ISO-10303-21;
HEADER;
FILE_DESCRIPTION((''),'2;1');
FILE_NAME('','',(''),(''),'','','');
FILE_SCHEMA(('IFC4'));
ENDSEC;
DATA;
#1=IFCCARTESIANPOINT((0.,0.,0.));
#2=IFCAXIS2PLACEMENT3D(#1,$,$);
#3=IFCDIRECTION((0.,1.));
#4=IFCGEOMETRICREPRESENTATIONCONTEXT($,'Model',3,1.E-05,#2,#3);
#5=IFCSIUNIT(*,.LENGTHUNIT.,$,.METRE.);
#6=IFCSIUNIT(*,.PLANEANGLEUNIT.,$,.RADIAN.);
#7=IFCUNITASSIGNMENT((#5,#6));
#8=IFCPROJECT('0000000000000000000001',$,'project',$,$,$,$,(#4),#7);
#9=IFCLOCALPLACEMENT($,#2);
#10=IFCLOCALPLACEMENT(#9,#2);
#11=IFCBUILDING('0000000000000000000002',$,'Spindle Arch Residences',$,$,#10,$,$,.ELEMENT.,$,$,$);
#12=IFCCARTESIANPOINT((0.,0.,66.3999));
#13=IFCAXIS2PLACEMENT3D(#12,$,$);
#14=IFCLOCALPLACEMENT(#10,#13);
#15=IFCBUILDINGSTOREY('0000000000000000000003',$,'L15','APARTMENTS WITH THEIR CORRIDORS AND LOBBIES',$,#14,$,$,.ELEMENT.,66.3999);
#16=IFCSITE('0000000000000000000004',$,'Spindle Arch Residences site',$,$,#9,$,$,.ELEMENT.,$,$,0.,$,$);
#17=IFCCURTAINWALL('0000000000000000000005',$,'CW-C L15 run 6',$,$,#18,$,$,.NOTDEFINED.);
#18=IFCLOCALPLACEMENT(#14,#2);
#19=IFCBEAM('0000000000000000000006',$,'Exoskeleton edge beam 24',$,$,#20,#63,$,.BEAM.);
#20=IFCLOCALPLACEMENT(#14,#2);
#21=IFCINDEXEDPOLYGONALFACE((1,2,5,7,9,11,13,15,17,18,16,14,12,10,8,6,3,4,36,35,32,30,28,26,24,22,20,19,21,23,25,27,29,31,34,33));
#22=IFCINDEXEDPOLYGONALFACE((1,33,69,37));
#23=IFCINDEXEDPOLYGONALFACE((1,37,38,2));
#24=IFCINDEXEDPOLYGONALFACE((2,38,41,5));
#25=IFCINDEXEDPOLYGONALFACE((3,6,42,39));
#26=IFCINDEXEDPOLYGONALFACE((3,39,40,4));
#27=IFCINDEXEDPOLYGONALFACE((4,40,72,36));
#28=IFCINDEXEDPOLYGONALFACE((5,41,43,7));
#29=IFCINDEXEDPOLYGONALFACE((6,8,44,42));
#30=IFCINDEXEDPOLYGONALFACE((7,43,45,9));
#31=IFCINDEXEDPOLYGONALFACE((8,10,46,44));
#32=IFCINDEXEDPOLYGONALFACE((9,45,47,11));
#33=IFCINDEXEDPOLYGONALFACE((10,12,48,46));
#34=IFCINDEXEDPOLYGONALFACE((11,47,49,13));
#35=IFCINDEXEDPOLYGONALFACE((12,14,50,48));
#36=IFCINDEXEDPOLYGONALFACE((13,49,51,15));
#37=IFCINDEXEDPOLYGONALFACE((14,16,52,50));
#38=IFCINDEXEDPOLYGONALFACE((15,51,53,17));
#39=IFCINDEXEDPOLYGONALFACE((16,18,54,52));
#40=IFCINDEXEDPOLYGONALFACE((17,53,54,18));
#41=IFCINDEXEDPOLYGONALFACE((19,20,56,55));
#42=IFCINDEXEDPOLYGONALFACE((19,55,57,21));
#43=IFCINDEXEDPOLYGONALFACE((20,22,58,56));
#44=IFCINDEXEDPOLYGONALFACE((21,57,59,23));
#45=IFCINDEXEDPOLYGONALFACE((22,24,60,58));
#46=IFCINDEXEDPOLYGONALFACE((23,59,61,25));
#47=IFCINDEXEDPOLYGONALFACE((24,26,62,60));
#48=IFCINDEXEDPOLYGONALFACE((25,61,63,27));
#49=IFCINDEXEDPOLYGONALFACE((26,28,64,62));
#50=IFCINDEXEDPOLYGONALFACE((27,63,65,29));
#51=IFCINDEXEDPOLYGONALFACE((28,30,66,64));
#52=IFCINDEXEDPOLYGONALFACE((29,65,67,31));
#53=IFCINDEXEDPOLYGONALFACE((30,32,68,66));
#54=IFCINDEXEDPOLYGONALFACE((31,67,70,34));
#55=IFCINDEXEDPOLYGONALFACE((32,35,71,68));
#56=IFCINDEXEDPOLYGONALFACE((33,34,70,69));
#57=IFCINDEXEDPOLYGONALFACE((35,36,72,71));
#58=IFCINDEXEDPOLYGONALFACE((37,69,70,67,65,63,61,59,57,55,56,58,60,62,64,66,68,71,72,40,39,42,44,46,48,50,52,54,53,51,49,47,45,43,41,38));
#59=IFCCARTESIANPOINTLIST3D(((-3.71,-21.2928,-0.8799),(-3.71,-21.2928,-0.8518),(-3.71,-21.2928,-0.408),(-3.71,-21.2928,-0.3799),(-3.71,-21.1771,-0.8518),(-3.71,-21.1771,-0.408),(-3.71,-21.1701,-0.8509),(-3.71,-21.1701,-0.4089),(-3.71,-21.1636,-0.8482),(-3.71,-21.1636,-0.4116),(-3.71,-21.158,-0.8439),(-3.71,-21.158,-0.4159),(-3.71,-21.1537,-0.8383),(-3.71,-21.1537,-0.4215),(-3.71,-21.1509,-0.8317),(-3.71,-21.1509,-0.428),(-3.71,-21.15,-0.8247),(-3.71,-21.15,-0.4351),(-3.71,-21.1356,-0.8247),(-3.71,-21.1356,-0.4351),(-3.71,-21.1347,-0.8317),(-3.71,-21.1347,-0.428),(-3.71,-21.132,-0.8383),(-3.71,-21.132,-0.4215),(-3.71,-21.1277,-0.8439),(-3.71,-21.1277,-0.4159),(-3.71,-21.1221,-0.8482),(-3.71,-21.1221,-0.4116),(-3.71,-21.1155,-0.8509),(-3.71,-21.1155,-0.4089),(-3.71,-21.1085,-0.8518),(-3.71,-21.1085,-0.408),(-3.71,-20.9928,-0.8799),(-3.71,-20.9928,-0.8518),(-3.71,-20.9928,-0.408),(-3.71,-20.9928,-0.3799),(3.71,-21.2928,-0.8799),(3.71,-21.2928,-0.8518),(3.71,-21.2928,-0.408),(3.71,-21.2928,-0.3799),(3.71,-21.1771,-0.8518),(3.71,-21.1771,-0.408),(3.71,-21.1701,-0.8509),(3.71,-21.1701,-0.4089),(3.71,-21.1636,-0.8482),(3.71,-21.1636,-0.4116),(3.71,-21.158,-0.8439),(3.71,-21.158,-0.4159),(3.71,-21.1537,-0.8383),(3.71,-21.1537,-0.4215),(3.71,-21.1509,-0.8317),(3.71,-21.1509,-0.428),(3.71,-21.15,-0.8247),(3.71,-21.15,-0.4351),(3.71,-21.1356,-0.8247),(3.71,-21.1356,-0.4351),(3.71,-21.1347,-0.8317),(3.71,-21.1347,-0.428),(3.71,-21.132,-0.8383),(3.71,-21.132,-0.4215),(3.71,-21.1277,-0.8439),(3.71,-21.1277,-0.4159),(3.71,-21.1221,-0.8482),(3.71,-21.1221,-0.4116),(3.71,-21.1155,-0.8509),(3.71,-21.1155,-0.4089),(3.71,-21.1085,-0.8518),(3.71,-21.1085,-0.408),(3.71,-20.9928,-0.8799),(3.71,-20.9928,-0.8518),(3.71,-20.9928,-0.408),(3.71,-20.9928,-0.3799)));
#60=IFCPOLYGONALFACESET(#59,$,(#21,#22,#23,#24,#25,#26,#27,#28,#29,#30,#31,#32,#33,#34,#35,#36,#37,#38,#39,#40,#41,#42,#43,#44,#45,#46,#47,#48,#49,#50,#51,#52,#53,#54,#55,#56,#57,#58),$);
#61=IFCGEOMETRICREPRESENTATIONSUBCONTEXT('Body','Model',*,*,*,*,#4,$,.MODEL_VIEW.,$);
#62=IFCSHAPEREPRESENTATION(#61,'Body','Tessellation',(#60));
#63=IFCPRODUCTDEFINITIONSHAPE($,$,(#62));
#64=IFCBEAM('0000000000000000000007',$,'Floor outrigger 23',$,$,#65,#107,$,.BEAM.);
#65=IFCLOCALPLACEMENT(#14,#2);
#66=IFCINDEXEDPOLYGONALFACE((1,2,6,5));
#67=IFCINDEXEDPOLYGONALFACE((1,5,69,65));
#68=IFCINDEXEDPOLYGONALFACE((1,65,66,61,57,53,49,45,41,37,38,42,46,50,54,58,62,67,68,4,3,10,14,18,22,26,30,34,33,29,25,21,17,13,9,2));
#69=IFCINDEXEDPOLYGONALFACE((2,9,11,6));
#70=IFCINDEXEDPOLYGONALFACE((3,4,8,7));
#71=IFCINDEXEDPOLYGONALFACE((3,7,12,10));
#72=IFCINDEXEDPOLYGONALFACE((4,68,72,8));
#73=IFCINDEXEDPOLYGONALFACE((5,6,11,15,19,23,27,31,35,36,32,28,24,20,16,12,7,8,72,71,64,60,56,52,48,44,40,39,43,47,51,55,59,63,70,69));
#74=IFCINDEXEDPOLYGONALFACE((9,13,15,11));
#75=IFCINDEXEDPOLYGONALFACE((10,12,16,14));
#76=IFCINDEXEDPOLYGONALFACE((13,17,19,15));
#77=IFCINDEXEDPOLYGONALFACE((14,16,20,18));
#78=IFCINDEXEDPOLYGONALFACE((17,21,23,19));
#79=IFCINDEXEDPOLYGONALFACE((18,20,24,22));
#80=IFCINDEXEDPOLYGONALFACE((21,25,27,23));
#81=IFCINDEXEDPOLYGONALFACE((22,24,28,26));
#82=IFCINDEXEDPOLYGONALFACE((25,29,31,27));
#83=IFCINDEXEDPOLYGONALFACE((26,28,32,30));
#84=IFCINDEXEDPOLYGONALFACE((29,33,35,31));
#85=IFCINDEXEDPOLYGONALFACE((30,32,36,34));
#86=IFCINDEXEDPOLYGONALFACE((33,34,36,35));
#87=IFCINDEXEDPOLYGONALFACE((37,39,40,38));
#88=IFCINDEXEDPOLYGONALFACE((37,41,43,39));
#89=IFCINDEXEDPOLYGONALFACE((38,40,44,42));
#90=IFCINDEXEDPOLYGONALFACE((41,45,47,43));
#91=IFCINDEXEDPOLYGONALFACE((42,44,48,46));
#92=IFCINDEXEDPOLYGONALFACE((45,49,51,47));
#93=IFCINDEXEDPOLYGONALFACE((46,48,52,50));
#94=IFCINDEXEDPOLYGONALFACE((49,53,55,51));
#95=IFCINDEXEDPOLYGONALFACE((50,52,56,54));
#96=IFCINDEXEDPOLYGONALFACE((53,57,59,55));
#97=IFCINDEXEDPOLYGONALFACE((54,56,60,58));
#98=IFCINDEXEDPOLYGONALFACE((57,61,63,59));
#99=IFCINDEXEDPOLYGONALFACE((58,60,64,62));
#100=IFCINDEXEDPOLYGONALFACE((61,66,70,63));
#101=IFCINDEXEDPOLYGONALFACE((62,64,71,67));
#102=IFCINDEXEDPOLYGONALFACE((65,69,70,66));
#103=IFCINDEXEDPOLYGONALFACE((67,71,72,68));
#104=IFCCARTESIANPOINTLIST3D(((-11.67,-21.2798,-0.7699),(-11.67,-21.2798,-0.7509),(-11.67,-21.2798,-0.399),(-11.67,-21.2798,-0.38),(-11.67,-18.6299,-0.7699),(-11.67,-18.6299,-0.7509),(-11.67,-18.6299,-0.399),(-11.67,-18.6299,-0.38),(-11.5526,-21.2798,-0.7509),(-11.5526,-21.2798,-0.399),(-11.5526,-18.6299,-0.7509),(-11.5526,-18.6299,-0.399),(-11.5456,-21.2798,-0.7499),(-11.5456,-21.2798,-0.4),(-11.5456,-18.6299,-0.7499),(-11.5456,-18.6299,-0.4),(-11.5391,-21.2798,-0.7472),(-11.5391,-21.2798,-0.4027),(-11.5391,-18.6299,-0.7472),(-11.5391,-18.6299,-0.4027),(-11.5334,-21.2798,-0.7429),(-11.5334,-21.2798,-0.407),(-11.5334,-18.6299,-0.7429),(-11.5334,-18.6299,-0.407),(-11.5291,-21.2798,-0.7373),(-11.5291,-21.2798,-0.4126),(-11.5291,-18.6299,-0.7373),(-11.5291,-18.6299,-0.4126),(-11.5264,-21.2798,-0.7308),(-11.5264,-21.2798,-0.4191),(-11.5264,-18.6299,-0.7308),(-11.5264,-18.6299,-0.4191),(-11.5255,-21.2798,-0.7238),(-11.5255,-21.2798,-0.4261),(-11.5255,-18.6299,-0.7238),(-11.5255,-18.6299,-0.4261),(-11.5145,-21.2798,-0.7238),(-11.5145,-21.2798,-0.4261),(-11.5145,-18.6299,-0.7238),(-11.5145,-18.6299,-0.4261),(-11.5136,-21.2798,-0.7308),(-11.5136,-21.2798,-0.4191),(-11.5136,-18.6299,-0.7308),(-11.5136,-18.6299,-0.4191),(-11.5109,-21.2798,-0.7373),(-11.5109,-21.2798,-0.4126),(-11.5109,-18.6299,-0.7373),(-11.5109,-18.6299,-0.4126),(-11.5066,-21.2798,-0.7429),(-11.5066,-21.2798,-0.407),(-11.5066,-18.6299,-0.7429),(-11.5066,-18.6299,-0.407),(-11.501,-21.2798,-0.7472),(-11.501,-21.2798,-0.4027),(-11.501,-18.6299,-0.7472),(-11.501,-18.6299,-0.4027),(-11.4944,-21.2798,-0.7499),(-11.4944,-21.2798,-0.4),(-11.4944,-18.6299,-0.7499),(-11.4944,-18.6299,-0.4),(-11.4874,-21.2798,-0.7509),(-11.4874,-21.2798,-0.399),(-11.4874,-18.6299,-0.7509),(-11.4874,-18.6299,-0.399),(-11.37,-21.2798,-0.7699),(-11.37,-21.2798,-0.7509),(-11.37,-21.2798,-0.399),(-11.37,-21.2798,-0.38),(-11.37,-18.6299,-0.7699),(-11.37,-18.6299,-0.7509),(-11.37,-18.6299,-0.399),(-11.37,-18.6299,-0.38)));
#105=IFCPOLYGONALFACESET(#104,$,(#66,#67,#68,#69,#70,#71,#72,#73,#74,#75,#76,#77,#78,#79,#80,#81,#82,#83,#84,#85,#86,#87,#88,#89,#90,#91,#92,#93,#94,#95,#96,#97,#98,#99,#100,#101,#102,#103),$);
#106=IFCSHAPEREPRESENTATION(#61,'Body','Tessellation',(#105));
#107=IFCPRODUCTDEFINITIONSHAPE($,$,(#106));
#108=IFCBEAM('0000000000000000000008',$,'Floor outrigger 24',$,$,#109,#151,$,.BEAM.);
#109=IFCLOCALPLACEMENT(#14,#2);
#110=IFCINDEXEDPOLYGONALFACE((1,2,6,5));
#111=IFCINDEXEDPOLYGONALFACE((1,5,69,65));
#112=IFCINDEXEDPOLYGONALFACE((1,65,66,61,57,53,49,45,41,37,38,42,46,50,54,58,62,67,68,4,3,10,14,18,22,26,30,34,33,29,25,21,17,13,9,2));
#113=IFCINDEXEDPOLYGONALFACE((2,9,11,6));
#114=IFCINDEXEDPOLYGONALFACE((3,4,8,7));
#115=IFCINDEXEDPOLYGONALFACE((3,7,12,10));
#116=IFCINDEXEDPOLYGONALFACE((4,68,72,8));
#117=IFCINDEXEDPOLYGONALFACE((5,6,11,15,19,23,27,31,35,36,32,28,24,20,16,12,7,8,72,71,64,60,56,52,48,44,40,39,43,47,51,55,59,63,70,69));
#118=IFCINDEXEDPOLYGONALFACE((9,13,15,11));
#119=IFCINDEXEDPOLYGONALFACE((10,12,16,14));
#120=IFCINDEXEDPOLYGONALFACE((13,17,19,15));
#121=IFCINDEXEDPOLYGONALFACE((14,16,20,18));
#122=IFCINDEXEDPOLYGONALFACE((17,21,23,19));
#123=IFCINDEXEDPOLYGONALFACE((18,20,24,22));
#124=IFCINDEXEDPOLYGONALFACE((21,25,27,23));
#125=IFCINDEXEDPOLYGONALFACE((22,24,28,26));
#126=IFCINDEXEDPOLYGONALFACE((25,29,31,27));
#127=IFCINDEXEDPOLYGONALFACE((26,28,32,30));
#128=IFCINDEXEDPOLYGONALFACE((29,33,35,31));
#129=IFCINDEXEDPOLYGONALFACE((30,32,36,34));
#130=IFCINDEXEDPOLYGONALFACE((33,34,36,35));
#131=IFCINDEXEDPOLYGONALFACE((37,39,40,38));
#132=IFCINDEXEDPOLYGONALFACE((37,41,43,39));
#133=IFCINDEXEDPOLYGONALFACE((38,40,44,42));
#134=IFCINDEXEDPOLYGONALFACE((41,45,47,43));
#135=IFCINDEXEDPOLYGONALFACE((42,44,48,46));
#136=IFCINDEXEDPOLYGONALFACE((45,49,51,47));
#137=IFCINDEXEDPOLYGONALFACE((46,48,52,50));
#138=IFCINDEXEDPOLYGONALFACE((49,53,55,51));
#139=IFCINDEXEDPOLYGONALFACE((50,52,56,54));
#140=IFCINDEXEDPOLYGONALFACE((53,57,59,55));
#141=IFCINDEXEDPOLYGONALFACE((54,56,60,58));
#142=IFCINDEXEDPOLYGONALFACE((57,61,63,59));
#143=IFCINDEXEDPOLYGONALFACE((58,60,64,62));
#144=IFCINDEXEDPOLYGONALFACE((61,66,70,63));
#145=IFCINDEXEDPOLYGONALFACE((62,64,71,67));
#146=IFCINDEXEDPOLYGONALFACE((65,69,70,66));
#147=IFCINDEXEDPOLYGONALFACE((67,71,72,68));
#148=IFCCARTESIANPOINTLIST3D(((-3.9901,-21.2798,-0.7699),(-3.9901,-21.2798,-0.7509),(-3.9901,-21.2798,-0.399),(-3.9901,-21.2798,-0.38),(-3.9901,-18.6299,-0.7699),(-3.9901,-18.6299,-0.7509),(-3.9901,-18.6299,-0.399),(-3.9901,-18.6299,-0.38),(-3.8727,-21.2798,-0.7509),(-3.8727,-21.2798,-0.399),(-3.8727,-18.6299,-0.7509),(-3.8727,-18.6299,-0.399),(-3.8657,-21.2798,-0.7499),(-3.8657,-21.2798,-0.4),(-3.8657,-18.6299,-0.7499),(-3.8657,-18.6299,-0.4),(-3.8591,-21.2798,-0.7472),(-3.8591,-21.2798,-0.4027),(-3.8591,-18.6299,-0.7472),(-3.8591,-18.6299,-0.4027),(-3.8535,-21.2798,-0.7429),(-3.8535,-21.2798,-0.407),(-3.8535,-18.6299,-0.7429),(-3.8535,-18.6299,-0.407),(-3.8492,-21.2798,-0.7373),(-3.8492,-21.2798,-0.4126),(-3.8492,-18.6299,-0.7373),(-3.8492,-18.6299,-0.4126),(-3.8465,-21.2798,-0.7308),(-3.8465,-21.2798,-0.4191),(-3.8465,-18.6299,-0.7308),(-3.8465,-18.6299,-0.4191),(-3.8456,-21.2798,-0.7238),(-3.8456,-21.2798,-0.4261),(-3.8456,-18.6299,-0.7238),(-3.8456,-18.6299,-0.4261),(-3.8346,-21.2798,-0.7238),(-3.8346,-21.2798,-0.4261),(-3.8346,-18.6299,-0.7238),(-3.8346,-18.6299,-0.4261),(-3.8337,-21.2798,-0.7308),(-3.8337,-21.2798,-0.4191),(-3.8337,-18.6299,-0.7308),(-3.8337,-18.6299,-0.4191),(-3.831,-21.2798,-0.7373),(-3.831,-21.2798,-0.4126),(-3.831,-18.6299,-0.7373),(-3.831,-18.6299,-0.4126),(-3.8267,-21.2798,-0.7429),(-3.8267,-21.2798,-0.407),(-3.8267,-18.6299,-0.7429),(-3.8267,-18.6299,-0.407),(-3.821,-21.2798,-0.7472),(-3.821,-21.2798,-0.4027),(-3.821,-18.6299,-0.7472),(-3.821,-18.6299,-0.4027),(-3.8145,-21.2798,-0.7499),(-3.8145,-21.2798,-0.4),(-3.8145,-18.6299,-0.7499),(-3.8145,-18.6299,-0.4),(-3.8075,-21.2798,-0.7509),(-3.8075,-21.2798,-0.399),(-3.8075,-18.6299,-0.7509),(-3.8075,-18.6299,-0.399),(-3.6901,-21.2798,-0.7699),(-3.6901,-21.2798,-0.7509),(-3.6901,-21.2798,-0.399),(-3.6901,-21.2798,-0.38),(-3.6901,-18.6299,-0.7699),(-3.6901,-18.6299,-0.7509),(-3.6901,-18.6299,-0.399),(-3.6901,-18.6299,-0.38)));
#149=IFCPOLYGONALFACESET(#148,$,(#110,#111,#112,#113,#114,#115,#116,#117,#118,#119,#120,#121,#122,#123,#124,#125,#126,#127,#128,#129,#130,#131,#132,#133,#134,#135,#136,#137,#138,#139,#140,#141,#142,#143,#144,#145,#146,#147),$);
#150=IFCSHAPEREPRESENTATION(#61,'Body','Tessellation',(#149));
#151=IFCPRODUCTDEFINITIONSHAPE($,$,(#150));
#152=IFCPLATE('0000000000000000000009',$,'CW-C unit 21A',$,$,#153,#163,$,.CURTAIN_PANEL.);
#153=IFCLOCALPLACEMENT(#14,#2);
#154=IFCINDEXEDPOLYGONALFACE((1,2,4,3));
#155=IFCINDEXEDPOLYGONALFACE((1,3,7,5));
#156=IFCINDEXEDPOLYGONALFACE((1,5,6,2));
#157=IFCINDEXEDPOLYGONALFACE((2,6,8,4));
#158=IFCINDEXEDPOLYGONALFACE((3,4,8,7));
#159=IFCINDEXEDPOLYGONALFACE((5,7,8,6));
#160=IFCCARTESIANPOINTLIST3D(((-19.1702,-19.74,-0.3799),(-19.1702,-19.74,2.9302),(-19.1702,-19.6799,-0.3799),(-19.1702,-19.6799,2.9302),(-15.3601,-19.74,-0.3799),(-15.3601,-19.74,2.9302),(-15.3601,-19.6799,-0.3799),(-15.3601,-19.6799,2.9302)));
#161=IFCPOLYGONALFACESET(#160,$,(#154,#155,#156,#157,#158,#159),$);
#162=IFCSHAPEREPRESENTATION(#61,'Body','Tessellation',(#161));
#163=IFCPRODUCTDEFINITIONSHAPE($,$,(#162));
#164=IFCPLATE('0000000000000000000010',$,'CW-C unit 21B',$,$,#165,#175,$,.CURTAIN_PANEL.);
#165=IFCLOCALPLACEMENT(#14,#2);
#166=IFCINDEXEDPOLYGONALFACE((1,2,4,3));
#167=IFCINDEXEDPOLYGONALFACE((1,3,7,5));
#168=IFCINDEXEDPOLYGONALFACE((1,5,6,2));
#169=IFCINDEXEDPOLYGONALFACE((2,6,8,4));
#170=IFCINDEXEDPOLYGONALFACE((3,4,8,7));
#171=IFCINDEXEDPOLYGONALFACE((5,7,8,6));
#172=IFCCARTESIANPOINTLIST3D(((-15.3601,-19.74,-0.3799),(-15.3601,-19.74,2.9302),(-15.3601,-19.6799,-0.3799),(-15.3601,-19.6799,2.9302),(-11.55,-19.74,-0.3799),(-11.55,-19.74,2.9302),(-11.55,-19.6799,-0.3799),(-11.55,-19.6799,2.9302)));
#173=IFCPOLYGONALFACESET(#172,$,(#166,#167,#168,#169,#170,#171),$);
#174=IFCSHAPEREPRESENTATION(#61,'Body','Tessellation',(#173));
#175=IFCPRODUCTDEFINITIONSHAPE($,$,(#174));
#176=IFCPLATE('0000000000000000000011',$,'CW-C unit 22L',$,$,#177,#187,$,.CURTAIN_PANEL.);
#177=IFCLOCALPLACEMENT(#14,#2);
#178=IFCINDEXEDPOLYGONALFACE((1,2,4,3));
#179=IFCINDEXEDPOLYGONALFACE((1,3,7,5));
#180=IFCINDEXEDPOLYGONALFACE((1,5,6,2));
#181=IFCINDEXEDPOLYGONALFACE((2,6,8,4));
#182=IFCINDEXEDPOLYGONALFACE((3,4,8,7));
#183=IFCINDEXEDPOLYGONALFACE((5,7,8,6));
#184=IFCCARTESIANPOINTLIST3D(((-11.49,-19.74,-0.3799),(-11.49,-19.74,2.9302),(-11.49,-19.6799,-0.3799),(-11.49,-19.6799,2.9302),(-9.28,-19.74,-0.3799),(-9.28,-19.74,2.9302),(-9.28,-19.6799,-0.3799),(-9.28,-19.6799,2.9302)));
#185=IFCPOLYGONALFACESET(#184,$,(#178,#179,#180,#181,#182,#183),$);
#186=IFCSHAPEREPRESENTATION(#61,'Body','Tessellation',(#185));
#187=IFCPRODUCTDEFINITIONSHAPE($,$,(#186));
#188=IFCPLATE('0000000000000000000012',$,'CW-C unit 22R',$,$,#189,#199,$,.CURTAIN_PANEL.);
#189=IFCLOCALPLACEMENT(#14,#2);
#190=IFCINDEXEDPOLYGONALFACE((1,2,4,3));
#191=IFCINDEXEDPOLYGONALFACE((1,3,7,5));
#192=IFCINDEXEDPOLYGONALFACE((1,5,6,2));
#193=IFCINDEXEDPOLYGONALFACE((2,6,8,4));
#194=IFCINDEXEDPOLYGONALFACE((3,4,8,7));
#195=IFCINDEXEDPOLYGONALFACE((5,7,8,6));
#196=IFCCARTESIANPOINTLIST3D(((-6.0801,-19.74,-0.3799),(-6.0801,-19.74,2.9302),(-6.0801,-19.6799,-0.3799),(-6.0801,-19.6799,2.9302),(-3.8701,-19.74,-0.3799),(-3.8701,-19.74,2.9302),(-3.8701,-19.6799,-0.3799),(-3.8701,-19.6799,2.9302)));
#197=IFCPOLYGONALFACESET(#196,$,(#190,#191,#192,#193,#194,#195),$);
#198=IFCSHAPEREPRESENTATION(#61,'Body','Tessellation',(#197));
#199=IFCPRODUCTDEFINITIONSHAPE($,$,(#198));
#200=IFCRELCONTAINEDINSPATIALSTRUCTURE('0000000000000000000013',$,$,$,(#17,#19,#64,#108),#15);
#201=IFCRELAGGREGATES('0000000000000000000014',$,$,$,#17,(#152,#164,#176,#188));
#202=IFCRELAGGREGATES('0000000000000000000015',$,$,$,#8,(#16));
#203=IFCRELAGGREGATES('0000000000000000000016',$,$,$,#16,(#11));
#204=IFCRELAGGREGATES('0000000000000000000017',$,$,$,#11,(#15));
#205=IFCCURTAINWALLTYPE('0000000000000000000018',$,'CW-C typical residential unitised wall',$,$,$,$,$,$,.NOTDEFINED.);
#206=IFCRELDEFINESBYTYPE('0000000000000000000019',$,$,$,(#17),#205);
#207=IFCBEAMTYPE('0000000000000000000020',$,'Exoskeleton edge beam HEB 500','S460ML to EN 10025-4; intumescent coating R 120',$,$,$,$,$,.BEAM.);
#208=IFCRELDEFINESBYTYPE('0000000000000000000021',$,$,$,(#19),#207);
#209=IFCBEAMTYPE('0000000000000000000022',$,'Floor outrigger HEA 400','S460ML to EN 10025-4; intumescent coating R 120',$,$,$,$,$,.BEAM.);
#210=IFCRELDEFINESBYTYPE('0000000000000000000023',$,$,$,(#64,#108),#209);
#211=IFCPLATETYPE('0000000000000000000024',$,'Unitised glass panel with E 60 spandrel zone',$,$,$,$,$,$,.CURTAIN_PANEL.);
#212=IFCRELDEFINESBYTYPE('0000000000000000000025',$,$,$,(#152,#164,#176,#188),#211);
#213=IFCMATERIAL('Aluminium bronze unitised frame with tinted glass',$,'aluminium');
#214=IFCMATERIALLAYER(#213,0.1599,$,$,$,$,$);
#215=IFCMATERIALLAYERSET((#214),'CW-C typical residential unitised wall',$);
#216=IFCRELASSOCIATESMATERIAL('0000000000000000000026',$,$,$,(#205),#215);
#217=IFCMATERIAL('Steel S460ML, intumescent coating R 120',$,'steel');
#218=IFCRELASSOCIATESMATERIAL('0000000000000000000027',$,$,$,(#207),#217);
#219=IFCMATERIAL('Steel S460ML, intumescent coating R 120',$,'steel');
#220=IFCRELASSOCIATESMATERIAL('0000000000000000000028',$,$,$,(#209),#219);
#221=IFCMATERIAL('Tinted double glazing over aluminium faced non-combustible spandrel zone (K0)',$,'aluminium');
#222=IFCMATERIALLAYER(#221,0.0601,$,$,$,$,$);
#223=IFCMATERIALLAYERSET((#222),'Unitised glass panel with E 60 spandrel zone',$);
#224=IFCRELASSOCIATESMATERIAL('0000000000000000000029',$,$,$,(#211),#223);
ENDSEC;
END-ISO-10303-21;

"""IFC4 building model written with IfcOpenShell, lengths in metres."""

from ifc_helpers import new_model, si_unit, direction, frame, origin, origin_2d, place, context, subcontext, project, spatial, rectangle, i_section, extrude, material, layer, layer_set, material_profile, profile_set, type_object, element, aggregate, save


model = new_model("IFC4")

# Units and contexts
model_context = context("Model", 3, precision=1e-05, world=origin(), true_north=direction((0.0, 1.0)))
body_context = subcontext(model_context, "Body", "Model", "MODEL_VIEW")
ifc_project = project(units=[si_unit("LENGTHUNIT", "METRE"), si_unit("PLANEANGLEUNIT", "RADIAN")], contexts=[model_context])

# Site, building, storey
site_placement = place(None, origin())
site = spatial("IfcSite", under=ifc_project, at=site_placement, Name="Spindle Arch Residences site", CompositionType="ELEMENT", RefElevation=0.0)
building_placement = place(site_placement, origin())
building = spatial("IfcBuilding", under=site, at=building_placement, Name="Spindle Arch Residences", CompositionType="ELEMENT")
storey_placement = place(building_placement, frame((0.0, 0.0, 66.3999)))
storey = spatial("IfcBuildingStorey", under=building, at=storey_placement, Name="L15", Description="APARTMENTS WITH THEIR CORRIDORS AND LOBBIES", CompositionType="ELEMENT", Elevation=66.3999)

# Curtain wall
ifc_material_1 = material(Name="Aluminium bronze unitised frame with tinted glass", Category="aluminium")
ifc_layer_1 = layer(ifc_material_1, 0.1599)
ifc_layer_set_1 = layer_set([ifc_layer_1], Name="CW-C typical residential unitised wall")
curtain_wall_type = type_object("IfcCurtainWallType", Name="CW-C typical residential unitised wall", PredefinedType="NOTDEFINED", material=ifc_layer_set_1)
curtain_wall_placement = place(storey_placement, origin())
curtain_wall = element("IfcCurtainWall", 1, at=curtain_wall_placement, inside=storey, type_object=curtain_wall_type, Name="CW-C L15 run 6", PredefinedType="NOTDEFINED")

# Beams
ifc_material_2 = material(Name="Steel S460ML, intumescent coating R 120", Category="steel")
ifc_material_profile_1 = material_profile(ifc_material_2, i_section(OverallWidth=0.3, OverallDepth=0.5, WebThickness=0.0144, FlangeThickness=0.0281, FilletRadius=0.0271, at=origin_2d()), Name="HEB 500")
ifc_profile_set_1 = profile_set([ifc_material_profile_1], Name="Steel S460ML, intumescent coating R 120")
beam_type_1 = type_object("IfcBeamType", Name="Exoskeleton edge beam HEB 500", Description="S460ML to EN 10025-4; intumescent coating R 120", PredefinedType="BEAM", material=ifc_profile_set_1)
beam_1_placement = place(storey_placement, frame((-3.71, -21.1428, -0.6299), z_axis=(1.0, 0.0, 0.0), x_axis=(0.0, 1.0, 0.0)))
element("IfcBeam", 2, at=beam_1_placement, inside=storey, type_object=beam_type_1, Name="Exoskeleton edge beam 24", PredefinedType="BEAM", context=body_context, shape_type="SweptSolid", body=[
    extrude(i_section(OverallWidth=0.3, OverallDepth=0.5, WebThickness=0.0144, FlangeThickness=0.0281, FilletRadius=0.0271, at=origin_2d()), origin(), (0.0, 0.0, 1.0), 7.4199),
])
ifc_material_3 = material(Name="Steel S460ML, intumescent coating R 120", Category="steel")
ifc_material_profile_2 = material_profile(ifc_material_3, i_section(OverallWidth=0.3, OverallDepth=0.3899, WebThickness=0.011, FlangeThickness=0.019, FilletRadius=0.0271, at=origin_2d()), Name="HEA 400")
ifc_profile_set_2 = profile_set([ifc_material_profile_2], Name="Steel S460ML, intumescent coating R 120")
beam_type_2 = type_object("IfcBeamType", Name="Floor outrigger HEA 400", Description="S460ML to EN 10025-4; intumescent coating R 120", PredefinedType="BEAM", material=ifc_profile_set_2)
for number, where, z_axis, x_axis, name in (
    (3, (-11.52, -21.2798, -0.575), (0.0, 1.0, 0.0), (-1.0, 0.0, 0.0), "Floor outrigger 23"),
    (4, (-3.8401, -21.2798, -0.575), (0.0, 1.0, 0.0), (-1.0, 0.0, 0.0), "Floor outrigger 24"),
):
    element("IfcBeam", number, at=place(storey_placement, frame(where, z_axis=z_axis, x_axis=x_axis)), inside=storey, type_object=beam_type_2, Name=name, PredefinedType="BEAM", context=body_context, shape_type="SweptSolid", body=[
        extrude(i_section(OverallWidth=0.3, OverallDepth=0.3899, WebThickness=0.011, FlangeThickness=0.019, FilletRadius=0.0271, at=origin_2d()), origin(), (0.0, 0.0, 1.0), 2.6499),
    ])

# Plates
ifc_material_4 = material(Name="Tinted double glazing over aluminium faced non-combustible spandrel zone (K0)", Category="aluminium")
ifc_layer_2 = layer(ifc_material_4, 0.0601)
ifc_layer_set_2 = layer_set([ifc_layer_2], Name="Unitised glass panel with E 60 spandrel zone")
plate_type = type_object("IfcPlateType", Name="Unitised glass panel with E 60 spandrel zone", PredefinedType="CURTAIN_PANEL", material=ifc_layer_set_2)
plate_1_placement = place(storey_placement, frame((-17.2651, -19.71, -0.3799), z_axis=(0.0, 0.0, 1.0), x_axis=(1.0, 0.0, 0.0)))
plate_1 = element("IfcPlate", 5, at=plate_1_placement, type_object=plate_type, Name="CW-C unit 21A", PredefinedType="CURTAIN_PANEL", context=body_context, shape_type="SweptSolid", body=[
    extrude(rectangle(XDim=3.8101, YDim=0.0601, at=origin_2d()), origin(), (0.0, 0.0, 1.0), 3.3101),
])
plate_2_placement = place(storey_placement, frame((-13.4551, -19.71, -0.3799), z_axis=(0.0, 0.0, 1.0), x_axis=(1.0, 0.0, 0.0)))
plate_2 = element("IfcPlate", 6, at=plate_2_placement, type_object=plate_type, Name="CW-C unit 21B", PredefinedType="CURTAIN_PANEL", context=body_context, shape_type="SweptSolid", body=[
    extrude(rectangle(XDim=3.8101, YDim=0.0601, at=origin_2d()), origin(), (0.0, 0.0, 1.0), 3.3101),
])
plate_3_placement = place(storey_placement, frame((-10.385, -19.71, -0.3799), z_axis=(0.0, 0.0, 1.0), x_axis=(1.0, 0.0, 0.0)))
plate_3 = element("IfcPlate", 7, at=plate_3_placement, type_object=plate_type, Name="CW-C unit 22L", PredefinedType="CURTAIN_PANEL", context=body_context, shape_type="SweptSolid", body=[
    extrude(rectangle(XDim=2.21, YDim=0.0601, at=origin_2d()), origin(), (0.0, 0.0, 1.0), 3.3101),
])
plate_4_placement = place(storey_placement, frame((-4.9751, -19.71, -0.3799), z_axis=(0.0, 0.0, 1.0), x_axis=(1.0, 0.0, 0.0)))
plate_4 = element("IfcPlate", 8, at=plate_4_placement, type_object=plate_type, Name="CW-C unit 22R", PredefinedType="CURTAIN_PANEL", context=body_context, shape_type="SweptSolid", body=[
    extrude(rectangle(XDim=2.21, YDim=0.0601, at=origin_2d()), origin(), (0.0, 0.0, 1.0), 3.3101),
])
aggregate(curtain_wall, [plate_1, plate_2, plate_3, plate_4])

save(model, "model.ifc")
